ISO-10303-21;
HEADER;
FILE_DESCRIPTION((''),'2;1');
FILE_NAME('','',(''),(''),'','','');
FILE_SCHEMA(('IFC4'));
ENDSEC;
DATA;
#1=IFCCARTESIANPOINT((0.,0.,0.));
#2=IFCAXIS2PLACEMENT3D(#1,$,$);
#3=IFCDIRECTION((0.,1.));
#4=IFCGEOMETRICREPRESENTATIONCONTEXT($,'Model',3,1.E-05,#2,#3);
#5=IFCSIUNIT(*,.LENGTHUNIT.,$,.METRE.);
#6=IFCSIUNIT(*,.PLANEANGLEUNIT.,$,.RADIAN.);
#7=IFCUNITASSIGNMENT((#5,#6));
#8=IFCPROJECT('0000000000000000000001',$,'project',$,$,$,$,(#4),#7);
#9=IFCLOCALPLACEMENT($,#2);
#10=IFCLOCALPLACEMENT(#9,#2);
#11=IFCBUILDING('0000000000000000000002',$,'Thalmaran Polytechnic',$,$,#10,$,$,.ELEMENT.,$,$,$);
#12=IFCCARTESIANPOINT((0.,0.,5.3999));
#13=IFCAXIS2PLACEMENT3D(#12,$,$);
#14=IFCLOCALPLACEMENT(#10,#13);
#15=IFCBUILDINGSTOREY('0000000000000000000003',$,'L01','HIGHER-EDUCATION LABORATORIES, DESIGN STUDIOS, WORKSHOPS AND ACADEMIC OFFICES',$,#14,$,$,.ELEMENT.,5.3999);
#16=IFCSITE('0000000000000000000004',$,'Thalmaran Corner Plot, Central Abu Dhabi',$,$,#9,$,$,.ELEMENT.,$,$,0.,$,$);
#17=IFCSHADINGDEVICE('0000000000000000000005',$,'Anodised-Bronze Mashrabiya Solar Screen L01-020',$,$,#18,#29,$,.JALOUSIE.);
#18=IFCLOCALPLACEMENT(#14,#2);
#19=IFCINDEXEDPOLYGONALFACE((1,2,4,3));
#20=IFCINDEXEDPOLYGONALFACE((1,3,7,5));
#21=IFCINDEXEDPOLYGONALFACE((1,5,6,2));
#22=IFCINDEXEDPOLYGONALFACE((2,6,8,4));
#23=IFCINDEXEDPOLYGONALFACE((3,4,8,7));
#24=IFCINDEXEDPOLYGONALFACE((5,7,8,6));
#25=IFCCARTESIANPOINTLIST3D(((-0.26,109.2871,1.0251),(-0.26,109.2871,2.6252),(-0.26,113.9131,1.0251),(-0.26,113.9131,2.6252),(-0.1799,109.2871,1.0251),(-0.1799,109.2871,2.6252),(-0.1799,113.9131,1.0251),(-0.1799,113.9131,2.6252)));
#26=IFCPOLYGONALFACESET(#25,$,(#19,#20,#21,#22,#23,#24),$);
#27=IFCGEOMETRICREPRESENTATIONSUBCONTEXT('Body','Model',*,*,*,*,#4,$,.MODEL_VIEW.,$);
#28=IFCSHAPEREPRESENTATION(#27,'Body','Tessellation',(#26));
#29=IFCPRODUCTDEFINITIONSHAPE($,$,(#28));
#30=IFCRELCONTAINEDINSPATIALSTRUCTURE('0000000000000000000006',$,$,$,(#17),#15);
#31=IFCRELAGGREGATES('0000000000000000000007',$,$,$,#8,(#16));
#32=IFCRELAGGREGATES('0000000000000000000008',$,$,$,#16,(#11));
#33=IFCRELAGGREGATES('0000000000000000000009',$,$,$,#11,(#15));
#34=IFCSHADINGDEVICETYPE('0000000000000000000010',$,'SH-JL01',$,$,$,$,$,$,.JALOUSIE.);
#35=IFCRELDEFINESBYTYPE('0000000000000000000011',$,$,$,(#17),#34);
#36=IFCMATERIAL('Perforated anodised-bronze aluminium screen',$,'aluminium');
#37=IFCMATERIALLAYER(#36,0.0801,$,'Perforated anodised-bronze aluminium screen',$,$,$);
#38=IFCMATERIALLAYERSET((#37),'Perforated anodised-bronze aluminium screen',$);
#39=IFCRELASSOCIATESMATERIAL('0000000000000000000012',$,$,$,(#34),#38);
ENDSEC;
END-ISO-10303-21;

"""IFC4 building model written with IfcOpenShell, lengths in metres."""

from ifc_helpers import new_model, si_unit, direction, frame, origin, origin_2d, place, context, subcontext, project, spatial, rectangle, extrude, material, layer, layer_set, type_object, element, save


model = new_model("IFC4")

# Units and contexts
model_context = context("Model", 3, precision=1e-05, world=origin(), true_north=direction((0.0, 1.0)))
body_context = subcontext(model_context, "Body", "Model", "MODEL_VIEW")
ifc_project = project(units=[si_unit("LENGTHUNIT", "METRE"), si_unit("PLANEANGLEUNIT", "RADIAN")], contexts=[model_context])

# Site, building, storey
site_placement = place(None, origin())
site = spatial("IfcSite", under=ifc_project, at=site_placement, Name="Thalmaran Corner Plot, Central Abu Dhabi", CompositionType="ELEMENT", RefElevation=0.0)
building_placement = place(site_placement, origin())
building = spatial("IfcBuilding", under=site, at=building_placement, Name="Thalmaran Polytechnic", CompositionType="ELEMENT")
storey_placement = place(building_placement, frame((0.0, 0.0, 5.3999)))
storey = spatial("IfcBuildingStorey", under=building, at=storey_placement, Name="L01", Description="HIGHER-EDUCATION LABORATORIES, DESIGN STUDIOS, WORKSHOPS AND ACADEMIC OFFICES", CompositionType="ELEMENT", Elevation=5.3999)

# Shading device
ifc_material_1 = material(Name="Perforated anodised-bronze aluminium screen", Category="aluminium")
ifc_layer_1 = layer(ifc_material_1, 0.0801, Name="Perforated anodised-bronze aluminium screen")
ifc_layer_set_1 = layer_set([ifc_layer_1], Name="Perforated anodised-bronze aluminium screen")
shading_device_type = type_object("IfcShadingDeviceType", Name="SH-JL01", PredefinedType="JALOUSIE", material=ifc_layer_set_1)
shading_device_placement = place(storey_placement, frame((-0.22, 111.6001, 1.0251), z_axis=(0.0, 0.0, 1.0), x_axis=(0.0, 1.0, 0.0)))
element("IfcShadingDevice", 1, at=shading_device_placement, inside=storey, type_object=shading_device_type, Name="Anodised-Bronze Mashrabiya Solar Screen L01-020", PredefinedType="JALOUSIE", context=body_context, shape_type="SweptSolid", body=[
    extrude(rectangle(XDim=4.626, YDim=0.0801, at=origin_2d()), origin(), (0.0, 0.0, 1.0), 1.6001),
])

save(model, "model.ifc")
